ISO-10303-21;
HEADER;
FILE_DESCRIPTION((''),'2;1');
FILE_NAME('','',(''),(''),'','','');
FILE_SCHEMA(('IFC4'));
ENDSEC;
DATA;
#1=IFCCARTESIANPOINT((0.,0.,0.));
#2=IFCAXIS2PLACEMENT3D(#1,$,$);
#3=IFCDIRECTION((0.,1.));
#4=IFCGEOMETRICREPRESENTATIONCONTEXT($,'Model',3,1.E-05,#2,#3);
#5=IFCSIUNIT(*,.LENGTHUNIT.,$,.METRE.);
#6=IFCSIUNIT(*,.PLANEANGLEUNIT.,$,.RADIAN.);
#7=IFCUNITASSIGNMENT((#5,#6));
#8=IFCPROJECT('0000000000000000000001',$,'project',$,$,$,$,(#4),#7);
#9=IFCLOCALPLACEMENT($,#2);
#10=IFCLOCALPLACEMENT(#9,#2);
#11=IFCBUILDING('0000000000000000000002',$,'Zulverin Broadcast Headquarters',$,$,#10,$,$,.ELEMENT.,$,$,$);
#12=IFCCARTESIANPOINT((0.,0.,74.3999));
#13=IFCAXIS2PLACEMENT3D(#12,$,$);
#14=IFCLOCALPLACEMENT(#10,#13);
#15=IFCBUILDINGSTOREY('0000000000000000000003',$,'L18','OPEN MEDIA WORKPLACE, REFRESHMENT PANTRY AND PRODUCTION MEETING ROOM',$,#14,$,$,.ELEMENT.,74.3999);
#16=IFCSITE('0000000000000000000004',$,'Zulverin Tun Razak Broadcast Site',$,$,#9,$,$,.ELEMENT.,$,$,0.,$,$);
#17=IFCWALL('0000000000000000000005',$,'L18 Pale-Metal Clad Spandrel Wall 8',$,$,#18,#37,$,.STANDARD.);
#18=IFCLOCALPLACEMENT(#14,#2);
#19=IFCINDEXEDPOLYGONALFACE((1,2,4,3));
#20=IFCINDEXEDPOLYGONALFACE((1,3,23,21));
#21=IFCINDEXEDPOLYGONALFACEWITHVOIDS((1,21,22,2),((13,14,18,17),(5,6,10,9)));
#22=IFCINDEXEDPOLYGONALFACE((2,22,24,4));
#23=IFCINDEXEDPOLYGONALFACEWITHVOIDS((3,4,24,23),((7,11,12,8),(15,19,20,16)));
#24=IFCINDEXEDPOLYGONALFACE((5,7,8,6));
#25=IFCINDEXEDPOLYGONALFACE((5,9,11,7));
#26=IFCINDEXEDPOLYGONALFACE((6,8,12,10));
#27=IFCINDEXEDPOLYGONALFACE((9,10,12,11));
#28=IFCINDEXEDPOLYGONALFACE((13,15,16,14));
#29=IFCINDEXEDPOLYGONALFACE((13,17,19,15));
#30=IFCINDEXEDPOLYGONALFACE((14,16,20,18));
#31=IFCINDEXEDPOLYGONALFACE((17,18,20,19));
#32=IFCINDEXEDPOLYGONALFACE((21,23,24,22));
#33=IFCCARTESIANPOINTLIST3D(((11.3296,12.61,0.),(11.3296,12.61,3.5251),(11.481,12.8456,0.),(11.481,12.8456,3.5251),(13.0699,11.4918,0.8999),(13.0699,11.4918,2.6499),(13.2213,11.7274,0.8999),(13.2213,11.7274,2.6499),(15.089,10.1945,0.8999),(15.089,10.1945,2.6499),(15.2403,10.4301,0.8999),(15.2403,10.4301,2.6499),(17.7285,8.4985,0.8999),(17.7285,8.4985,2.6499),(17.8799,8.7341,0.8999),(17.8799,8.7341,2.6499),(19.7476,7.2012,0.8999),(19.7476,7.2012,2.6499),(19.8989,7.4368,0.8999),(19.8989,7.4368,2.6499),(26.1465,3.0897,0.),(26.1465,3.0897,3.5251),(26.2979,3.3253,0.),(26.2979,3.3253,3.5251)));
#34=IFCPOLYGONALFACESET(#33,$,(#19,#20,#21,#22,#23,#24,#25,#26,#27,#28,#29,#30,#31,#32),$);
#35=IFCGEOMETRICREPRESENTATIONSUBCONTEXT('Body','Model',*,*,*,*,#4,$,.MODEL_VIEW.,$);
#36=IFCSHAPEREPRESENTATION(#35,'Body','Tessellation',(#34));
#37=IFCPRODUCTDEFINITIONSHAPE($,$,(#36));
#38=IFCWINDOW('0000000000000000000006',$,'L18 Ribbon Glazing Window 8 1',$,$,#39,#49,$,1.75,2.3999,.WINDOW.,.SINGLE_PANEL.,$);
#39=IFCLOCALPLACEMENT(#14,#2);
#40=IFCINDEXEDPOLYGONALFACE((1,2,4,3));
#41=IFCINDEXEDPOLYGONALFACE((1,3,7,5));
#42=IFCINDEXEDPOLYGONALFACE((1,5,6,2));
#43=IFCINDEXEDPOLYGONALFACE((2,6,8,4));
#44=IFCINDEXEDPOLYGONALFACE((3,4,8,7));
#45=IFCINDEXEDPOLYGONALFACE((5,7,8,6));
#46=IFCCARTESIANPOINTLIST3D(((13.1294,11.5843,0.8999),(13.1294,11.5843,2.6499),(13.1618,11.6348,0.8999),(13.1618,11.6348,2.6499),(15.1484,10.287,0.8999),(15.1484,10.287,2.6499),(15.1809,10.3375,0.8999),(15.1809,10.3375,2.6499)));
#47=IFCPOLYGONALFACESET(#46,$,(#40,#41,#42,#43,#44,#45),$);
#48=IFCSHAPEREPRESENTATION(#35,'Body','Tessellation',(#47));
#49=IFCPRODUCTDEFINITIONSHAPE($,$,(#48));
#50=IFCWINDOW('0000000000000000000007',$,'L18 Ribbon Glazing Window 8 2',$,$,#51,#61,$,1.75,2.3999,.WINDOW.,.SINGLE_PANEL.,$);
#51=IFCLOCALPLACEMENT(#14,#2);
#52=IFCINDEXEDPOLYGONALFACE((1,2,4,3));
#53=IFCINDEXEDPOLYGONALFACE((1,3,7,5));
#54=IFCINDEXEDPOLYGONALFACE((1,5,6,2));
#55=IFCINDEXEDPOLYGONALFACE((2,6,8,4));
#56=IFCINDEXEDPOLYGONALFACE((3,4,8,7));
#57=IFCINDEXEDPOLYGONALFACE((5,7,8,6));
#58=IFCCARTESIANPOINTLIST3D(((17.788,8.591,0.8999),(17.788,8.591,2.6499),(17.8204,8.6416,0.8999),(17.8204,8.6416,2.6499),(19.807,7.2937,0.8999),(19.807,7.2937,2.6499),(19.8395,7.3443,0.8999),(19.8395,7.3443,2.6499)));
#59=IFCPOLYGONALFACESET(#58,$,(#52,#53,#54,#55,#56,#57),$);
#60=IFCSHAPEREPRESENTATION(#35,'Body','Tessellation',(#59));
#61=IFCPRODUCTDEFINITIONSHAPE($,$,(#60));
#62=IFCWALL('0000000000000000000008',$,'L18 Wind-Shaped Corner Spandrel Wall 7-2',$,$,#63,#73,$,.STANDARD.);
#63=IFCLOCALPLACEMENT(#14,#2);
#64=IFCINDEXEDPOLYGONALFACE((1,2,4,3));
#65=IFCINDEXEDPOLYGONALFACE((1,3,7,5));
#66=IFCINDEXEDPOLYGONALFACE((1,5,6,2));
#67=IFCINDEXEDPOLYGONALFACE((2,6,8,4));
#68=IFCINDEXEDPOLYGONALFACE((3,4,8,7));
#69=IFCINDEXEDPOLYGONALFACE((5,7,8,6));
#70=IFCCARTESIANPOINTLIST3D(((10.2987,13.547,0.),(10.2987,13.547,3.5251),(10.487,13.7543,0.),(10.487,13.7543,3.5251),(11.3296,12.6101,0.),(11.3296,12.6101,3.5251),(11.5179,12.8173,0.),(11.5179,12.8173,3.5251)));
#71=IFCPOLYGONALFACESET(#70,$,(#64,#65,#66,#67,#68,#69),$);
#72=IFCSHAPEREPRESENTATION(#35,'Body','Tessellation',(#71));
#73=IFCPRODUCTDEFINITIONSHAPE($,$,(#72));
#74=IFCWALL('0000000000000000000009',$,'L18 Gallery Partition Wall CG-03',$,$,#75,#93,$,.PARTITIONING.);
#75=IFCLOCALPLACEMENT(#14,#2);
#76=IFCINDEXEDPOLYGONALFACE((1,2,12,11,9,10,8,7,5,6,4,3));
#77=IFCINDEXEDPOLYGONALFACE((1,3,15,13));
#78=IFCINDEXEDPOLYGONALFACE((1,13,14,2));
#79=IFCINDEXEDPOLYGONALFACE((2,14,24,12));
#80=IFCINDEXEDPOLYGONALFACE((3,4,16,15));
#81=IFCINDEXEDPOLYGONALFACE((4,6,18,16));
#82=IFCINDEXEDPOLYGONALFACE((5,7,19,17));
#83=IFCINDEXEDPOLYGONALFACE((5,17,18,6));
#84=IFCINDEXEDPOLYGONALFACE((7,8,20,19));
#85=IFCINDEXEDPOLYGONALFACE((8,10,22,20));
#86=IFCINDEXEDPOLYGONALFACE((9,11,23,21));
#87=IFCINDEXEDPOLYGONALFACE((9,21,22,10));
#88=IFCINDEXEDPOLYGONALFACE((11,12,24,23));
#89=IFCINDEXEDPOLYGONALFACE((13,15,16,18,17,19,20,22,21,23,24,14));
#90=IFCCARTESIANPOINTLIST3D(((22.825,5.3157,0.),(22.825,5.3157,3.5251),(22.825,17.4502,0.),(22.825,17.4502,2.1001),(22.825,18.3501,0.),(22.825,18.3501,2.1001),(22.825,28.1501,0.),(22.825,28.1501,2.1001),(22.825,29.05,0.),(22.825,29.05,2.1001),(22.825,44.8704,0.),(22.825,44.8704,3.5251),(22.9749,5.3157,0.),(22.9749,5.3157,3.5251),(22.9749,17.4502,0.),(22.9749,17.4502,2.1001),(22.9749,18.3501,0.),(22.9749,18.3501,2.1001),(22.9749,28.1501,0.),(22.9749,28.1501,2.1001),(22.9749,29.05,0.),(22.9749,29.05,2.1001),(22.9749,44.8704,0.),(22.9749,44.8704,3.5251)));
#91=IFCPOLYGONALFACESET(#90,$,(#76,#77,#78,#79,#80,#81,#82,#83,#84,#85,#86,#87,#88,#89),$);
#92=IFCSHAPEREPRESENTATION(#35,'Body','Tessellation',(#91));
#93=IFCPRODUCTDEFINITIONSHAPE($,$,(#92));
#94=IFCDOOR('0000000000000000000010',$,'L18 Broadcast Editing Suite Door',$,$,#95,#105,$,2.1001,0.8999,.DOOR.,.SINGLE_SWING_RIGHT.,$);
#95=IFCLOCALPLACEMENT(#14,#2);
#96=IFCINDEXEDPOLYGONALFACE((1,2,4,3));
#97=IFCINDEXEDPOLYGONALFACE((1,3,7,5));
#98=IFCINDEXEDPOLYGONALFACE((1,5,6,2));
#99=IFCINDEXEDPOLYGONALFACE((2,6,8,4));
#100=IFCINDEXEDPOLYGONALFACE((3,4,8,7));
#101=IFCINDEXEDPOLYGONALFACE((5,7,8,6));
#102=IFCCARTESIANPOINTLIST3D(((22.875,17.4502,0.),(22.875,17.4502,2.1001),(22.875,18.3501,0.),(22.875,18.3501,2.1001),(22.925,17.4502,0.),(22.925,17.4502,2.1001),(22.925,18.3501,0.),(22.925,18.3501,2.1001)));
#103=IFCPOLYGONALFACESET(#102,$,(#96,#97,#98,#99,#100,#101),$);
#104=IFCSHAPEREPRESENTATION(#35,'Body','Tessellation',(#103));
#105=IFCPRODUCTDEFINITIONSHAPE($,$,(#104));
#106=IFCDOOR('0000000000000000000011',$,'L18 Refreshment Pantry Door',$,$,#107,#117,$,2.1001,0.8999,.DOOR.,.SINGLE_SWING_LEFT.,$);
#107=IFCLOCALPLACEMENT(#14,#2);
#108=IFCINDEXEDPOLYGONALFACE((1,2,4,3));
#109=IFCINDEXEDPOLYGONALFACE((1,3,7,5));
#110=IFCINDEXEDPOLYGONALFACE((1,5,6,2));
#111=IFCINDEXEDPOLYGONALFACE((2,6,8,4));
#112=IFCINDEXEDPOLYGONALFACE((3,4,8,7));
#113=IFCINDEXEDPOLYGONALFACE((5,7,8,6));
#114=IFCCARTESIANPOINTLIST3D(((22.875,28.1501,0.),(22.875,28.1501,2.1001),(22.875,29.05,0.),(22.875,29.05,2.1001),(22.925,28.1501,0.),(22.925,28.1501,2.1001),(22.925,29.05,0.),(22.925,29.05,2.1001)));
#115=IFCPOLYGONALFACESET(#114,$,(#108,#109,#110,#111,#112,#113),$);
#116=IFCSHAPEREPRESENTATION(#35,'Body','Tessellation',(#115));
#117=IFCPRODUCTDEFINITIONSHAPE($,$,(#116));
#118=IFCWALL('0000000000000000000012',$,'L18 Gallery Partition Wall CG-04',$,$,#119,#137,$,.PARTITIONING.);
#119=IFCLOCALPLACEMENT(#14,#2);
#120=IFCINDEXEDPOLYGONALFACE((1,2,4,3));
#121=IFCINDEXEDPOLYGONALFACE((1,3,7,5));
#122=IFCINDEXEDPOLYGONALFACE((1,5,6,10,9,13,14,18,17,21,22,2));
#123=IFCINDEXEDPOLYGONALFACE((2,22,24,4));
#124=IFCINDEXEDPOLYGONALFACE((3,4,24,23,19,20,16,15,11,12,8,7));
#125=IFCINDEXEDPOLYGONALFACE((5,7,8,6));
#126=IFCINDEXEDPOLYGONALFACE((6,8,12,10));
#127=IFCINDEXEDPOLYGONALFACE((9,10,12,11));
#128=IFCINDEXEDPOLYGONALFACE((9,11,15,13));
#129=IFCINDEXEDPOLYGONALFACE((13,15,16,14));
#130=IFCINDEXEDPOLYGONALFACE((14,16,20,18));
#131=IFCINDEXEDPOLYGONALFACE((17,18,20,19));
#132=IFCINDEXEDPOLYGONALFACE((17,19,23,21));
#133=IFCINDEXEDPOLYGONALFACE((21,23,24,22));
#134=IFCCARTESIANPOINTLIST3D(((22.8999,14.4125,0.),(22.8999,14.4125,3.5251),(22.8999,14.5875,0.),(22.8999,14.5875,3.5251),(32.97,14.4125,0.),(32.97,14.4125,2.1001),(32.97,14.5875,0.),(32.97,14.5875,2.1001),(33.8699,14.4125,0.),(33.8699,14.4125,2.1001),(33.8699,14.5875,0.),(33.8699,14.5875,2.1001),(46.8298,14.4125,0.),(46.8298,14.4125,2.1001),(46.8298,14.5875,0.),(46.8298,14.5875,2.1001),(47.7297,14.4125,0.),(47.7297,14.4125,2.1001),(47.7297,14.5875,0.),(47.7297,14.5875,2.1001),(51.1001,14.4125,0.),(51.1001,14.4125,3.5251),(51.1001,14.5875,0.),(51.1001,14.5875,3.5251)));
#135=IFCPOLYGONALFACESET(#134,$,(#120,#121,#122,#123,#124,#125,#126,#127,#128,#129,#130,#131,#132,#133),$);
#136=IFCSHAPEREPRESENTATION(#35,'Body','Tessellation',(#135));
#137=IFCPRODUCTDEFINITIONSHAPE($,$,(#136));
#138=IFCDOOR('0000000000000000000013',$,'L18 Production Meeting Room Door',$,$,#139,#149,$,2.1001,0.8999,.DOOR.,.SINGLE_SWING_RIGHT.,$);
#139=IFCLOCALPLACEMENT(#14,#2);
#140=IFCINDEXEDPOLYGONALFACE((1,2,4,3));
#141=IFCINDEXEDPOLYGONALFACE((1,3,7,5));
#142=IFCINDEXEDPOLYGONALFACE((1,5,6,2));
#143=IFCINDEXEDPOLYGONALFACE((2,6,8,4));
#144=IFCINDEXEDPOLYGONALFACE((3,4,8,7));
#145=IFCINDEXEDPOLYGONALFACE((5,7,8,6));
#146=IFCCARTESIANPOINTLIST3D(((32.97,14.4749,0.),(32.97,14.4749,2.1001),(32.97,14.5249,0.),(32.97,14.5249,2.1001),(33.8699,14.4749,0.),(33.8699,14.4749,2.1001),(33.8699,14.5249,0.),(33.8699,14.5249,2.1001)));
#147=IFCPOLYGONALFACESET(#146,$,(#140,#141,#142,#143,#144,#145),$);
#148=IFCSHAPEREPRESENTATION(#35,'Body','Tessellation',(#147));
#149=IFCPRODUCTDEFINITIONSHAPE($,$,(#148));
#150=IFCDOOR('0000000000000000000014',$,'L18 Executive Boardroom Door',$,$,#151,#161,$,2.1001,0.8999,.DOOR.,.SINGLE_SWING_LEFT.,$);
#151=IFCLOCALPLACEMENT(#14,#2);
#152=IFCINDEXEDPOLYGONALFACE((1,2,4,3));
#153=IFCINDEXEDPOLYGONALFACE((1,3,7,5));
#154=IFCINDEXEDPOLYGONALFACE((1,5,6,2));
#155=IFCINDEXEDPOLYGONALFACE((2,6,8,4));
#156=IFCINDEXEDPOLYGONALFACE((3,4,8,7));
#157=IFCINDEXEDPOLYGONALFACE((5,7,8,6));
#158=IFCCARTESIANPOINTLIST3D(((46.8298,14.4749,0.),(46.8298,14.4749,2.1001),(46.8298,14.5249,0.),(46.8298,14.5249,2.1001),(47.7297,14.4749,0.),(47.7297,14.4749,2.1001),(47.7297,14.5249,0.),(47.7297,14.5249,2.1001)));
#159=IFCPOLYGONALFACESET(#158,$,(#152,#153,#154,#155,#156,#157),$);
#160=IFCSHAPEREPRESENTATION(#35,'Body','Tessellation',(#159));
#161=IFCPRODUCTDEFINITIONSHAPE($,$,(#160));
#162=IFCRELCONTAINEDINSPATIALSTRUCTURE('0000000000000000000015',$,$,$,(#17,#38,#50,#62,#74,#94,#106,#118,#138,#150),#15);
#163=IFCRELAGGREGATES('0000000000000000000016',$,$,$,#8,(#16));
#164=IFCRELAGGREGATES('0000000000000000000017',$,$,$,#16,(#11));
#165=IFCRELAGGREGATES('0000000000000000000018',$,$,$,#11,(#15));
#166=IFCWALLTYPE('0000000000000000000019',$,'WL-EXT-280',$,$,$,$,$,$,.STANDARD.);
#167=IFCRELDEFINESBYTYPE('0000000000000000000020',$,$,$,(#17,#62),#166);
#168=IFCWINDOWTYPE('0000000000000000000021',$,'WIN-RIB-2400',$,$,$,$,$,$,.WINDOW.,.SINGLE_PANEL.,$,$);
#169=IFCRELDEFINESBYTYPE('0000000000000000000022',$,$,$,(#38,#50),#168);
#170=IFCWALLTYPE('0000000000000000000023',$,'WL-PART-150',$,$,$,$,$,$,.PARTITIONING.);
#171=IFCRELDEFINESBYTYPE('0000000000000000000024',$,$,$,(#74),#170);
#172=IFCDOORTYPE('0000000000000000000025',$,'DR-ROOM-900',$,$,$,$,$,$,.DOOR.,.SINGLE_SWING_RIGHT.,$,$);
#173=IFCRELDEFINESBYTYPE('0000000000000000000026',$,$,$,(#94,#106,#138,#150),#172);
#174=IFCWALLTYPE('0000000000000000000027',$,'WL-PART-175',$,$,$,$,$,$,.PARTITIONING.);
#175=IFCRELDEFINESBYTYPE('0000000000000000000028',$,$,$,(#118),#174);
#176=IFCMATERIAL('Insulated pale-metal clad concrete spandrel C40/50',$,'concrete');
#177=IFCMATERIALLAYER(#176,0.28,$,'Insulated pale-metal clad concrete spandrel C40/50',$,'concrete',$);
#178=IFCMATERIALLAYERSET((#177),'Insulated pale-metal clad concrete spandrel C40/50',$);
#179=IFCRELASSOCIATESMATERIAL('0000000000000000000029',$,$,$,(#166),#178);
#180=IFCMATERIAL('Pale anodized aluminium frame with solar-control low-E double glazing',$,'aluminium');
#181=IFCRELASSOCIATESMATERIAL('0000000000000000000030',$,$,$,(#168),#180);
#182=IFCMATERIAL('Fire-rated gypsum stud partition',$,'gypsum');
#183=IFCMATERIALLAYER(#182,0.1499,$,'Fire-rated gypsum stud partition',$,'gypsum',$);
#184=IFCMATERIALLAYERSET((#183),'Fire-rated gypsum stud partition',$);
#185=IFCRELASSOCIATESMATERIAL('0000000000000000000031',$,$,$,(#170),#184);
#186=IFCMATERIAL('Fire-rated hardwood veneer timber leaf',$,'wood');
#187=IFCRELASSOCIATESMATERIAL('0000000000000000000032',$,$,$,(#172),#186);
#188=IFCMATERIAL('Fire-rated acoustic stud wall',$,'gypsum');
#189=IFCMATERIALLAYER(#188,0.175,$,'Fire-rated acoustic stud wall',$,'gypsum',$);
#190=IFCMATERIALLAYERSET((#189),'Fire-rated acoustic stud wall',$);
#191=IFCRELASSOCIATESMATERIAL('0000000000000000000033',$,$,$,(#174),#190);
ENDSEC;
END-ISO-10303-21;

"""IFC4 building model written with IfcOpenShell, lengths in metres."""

from ifc_helpers import new_model, si_unit, direction, frame, frame_2d, origin, place, context, subcontext, project, spatial, rectangle, extrude, material, layer, layer_set, type_object, element, fill, save


model = new_model("IFC4")

# Units and contexts
model_context = context("Model", 3, precision=1e-05, world=origin(), true_north=direction((0.0, 1.0)))
body_context = subcontext(model_context, "Body", "Model", "MODEL_VIEW")
ifc_project = project(units=[si_unit("LENGTHUNIT", "METRE"), si_unit("PLANEANGLEUNIT", "RADIAN")], contexts=[model_context])

# Site, building, storey
site_placement = place(None, origin())
site = spatial("IfcSite", under=ifc_project, at=site_placement, Name="Zulverin Tun Razak Broadcast Site", CompositionType="ELEMENT", RefElevation=0.0)
building_placement = place(site_placement, origin())
building = spatial("IfcBuilding", under=site, at=building_placement, Name="Zulverin Broadcast Headquarters", CompositionType="ELEMENT")
storey_placement = place(building_placement, frame((0.0, 0.0, 74.3999)))
storey = spatial("IfcBuildingStorey", under=building, at=storey_placement, Name="L18", Description="OPEN MEDIA WORKPLACE, REFRESHMENT PANTRY AND PRODUCTION MEETING ROOM", CompositionType="ELEMENT", Elevation=74.3999)

# Wall, openings, windows
ifc_material_1 = material(Name="Insulated pale-metal clad concrete spandrel C40/50", Category="concrete")
ifc_layer_1 = layer(ifc_material_1, 0.28, Name="Insulated pale-metal clad concrete spandrel C40/50", Category="concrete")
ifc_layer_set_1 = layer_set([ifc_layer_1], Name="Insulated pale-metal clad concrete spandrel C40/50")
wall_type_1 = type_object("IfcWallType", Name="WL-EXT-280", PredefinedType="STANDARD", material=ifc_layer_set_1)
wall_1_placement = place(storey_placement, frame((11.4053, 12.7278, 0.0), z_axis=(0.0, 0.0, 1.0), x_axis=(0.841305, -0.540561, 0.0)))
wall_1 = element("IfcWall", 1, at=wall_1_placement, inside=storey, type_object=wall_type_1, Name="L18 Pale-Metal Clad Spandrel Wall 8", PredefinedType="STANDARD", context=body_context, shape_type="SweptSolid", body=[
    extrude(rectangle(XDim=17.6118, YDim=0.28, at=frame_2d((8.8059, 0.0))), origin(), (0.0, 0.0, 1.0), 3.5251),
])
opening_1_placement = place(wall_1_placement, frame((2.0686, 0.0, 0.8999)))
opening_1 = element("IfcOpeningElement", 2, at=opening_1_placement, cuts=wall_1, PredefinedType="OPENING", context=body_context, shape_type="SweptSolid", body=[
    extrude(rectangle(XDim=2.3999, YDim=1.75, at=frame_2d((1.2, 0.875))), frame((0.0, 0.1499, 0.0), z_axis=(0.0, -1.0, 0.0), x_axis=(1.0, 0.0, 0.0)), (0.0, 0.0, 1.0), 0.3),
])
opening_2_placement = place(wall_1_placement, frame((7.606, 0.0, 0.8999)))
opening_2 = element("IfcOpeningElement", 3, at=opening_2_placement, cuts=wall_1, PredefinedType="OPENING", context=body_context, shape_type="SweptSolid", body=[
    extrude(rectangle(XDim=2.3999, YDim=1.75, at=frame_2d((1.2, 0.875))), frame((0.0, 0.1499, 0.0), z_axis=(0.0, -1.0, 0.0), x_axis=(1.0, 0.0, 0.0)), (0.0, 0.0, 1.0), 0.3),
])
ifc_material_2 = material(Name="Pale anodized aluminium frame with solar-control low-E double glazing", Category="aluminium")
window_type = type_object("IfcWindowType", Name="WIN-RIB-2400", PartitioningType="SINGLE_PANEL", PredefinedType="WINDOW", material=ifc_material_2)
window_1_placement = place(opening_1_placement, origin())
window_1 = element("IfcWindow", 4, at=window_1_placement, inside=storey, type_object=window_type, Name="L18 Ribbon Glazing Window 8 1", OverallHeight=1.75, OverallWidth=2.3999, PartitioningType="SINGLE_PANEL", PredefinedType="WINDOW", context=body_context, shape_type="SweptSolid", body=[
    extrude(rectangle(XDim=2.3999, YDim=1.75, at=frame_2d((1.2, 0.875))), frame((0.0, 0.03, 0.0), z_axis=(0.0, -1.0, 0.0), x_axis=(1.0, 0.0, 0.0)), (0.0, 0.0, 1.0), 0.0601),
])
fill(opening_1, window_1)
window_2_placement = place(opening_2_placement, origin())
window_2 = element("IfcWindow", 5, at=window_2_placement, inside=storey, type_object=window_type, Name="L18 Ribbon Glazing Window 8 2", OverallHeight=1.75, OverallWidth=2.3999, PartitioningType="SINGLE_PANEL", PredefinedType="WINDOW", context=body_context, shape_type="SweptSolid", body=[
    extrude(rectangle(XDim=2.3999, YDim=1.75, at=frame_2d((1.2, 0.875))), frame((0.0, 0.03, 0.0), z_axis=(0.0, -1.0, 0.0), x_axis=(1.0, 0.0, 0.0)), (0.0, 0.0, 1.0), 0.0601),
])
fill(opening_2, window_2)

# Wall
wall_2_placement = place(storey_placement, frame((10.3928, 13.6506, 0.0), z_axis=(0.0, 0.0, 1.0), x_axis=(0.740035, -0.672568, 0.0)))
element("IfcWall", 6, at=wall_2_placement, inside=storey, type_object=wall_type_1, Name="L18 Wind-Shaped Corner Spandrel Wall 7-2", PredefinedType="STANDARD", context=body_context, shape_type="SweptSolid", body=[
    extrude(rectangle(XDim=1.3931, YDim=0.28, at=frame_2d((0.6965, 0.0))), origin(), (0.0, 0.0, 1.0), 3.5251),
])

# Walls, openings, doors
ifc_material_3 = material(Name="Fire-rated gypsum stud partition", Category="gypsum")
ifc_layer_2 = layer(ifc_material_3, 0.1499, Name="Fire-rated gypsum stud partition", Category="gypsum")
ifc_layer_set_2 = layer_set([ifc_layer_2], Name="Fire-rated gypsum stud partition")
wall_type_2 = type_object("IfcWallType", Name="WL-PART-150", PredefinedType="PARTITIONING", material=ifc_layer_set_2)
wall_3_placement = place(storey_placement, frame((22.8999, 5.3157, 0.0), z_axis=(0.0, 0.0, 1.0), x_axis=(0.0, 1.0, 0.0)))
wall_3 = element("IfcWall", 7, at=wall_3_placement, inside=storey, type_object=wall_type_2, Name="L18 Gallery Partition Wall CG-03", PredefinedType="PARTITIONING", context=body_context, shape_type="SweptSolid", body=[
    extrude(rectangle(XDim=39.5547, YDim=0.1499, at=frame_2d((19.7773, 0.0))), origin(), (0.0, 0.0, 1.0), 3.5251),
])
opening_3_placement = place(wall_3_placement, frame((12.1345, 0.0, 0.0)))
opening_3 = element("IfcOpeningElement", 8, at=opening_3_placement, cuts=wall_3, PredefinedType="OPENING", context=body_context, shape_type="SweptSolid", body=[
    extrude(rectangle(XDim=0.8999, YDim=2.1001, at=frame_2d((0.45, 1.05))), frame((0.0, 0.085, 0.0), z_axis=(0.0, -1.0, 0.0), x_axis=(1.0, 0.0, 0.0)), (0.0, 0.0, 1.0), 0.1699),
])
opening_4_placement = place(wall_3_placement, frame((22.8345, 0.0, 0.0)))
opening_4 = element("IfcOpeningElement", 9, at=opening_4_placement, cuts=wall_3, PredefinedType="OPENING", context=body_context, shape_type="SweptSolid", body=[
    extrude(rectangle(XDim=0.8999, YDim=2.1001, at=frame_2d((0.45, 1.05))), frame((0.0, 0.085, 0.0), z_axis=(0.0, -1.0, 0.0), x_axis=(1.0, 0.0, 0.0)), (0.0, 0.0, 1.0), 0.1699),
])
ifc_material_4 = material(Name="Fire-rated hardwood veneer timber leaf", Category="wood")
door_type = type_object("IfcDoorType", Name="DR-ROOM-900", OperationType="SINGLE_SWING_RIGHT", PredefinedType="DOOR", material=ifc_material_4)
door_1_placement = place(opening_3_placement, origin())
door_1 = element("IfcDoor", 10, at=door_1_placement, inside=storey, type_object=door_type, Name="L18 Broadcast Editing Suite Door", OperationType="SINGLE_SWING_RIGHT", OverallHeight=2.1001, OverallWidth=0.8999, PredefinedType="DOOR", context=body_context, shape_type="SweptSolid", body=[
    extrude(rectangle(XDim=0.8999, YDim=2.1001, at=frame_2d((0.45, 1.05))), frame((0.0, 0.0249, 0.0), z_axis=(0.0, -1.0, 0.0), x_axis=(1.0, 0.0, 0.0)), (0.0, 0.0, 1.0), 0.05),
])
fill(opening_3, door_1)
door_2_placement = place(opening_4_placement, origin())
door_2 = element("IfcDoor", 11, at=door_2_placement, inside=storey, type_object=door_type, Name="L18 Refreshment Pantry Door", OperationType="SINGLE_SWING_LEFT", OverallHeight=2.1001, OverallWidth=0.8999, PredefinedType="DOOR", context=body_context, shape_type="SweptSolid", body=[
    extrude(rectangle(XDim=0.8999, YDim=2.1001, at=frame_2d((0.45, 1.05))), frame((0.0, 0.0249, 0.0), z_axis=(0.0, -1.0, 0.0), x_axis=(1.0, 0.0, 0.0)), (0.0, 0.0, 1.0), 0.05),
])
fill(opening_4, door_2)
ifc_material_5 = material(Name="Fire-rated acoustic stud wall", Category="gypsum")
ifc_layer_3 = layer(ifc_material_5, 0.175, Name="Fire-rated acoustic stud wall", Category="gypsum")
ifc_layer_set_3 = layer_set([ifc_layer_3], Name="Fire-rated acoustic stud wall")
wall_type_3 = type_object("IfcWallType", Name="WL-PART-175", PredefinedType="PARTITIONING", material=ifc_layer_set_3)
wall_4_placement = place(storey_placement, frame((22.8999, 14.5, 0.0), z_axis=(0.0, 0.0, 1.0), x_axis=(1.0, 0.0, 0.0)))
wall_4 = element("IfcWall", 12, at=wall_4_placement, inside=storey, type_object=wall_type_3, Name="L18 Gallery Partition Wall CG-04", PredefinedType="PARTITIONING", context=body_context, shape_type="SweptSolid", body=[
    extrude(rectangle(XDim=28.2002, YDim=0.175, at=frame_2d((14.1001, 0.0))), origin(), (0.0, 0.0, 1.0), 3.5251),
])
opening_5_placement = place(wall_4_placement, frame((10.0701, 0.0, 0.0)))
opening_5 = element("IfcOpeningElement", 13, at=opening_5_placement, cuts=wall_4, PredefinedType="OPENING", context=body_context, shape_type="SweptSolid", body=[
    extrude(rectangle(XDim=0.8999, YDim=2.1001, at=frame_2d((0.45, 1.05))), frame((0.0, 0.0974, 0.0), z_axis=(0.0, -1.0, 0.0), x_axis=(1.0, 0.0, 0.0)), (0.0, 0.0, 1.0), 0.1951),
])
opening_6_placement = place(wall_4_placement, frame((23.9299, 0.0, 0.0)))
opening_6 = element("IfcOpeningElement", 14, at=opening_6_placement, cuts=wall_4, PredefinedType="OPENING", context=body_context, shape_type="SweptSolid", body=[
    extrude(rectangle(XDim=0.8999, YDim=2.1001, at=frame_2d((0.45, 1.05))), frame((0.0, 0.0974, 0.0), z_axis=(0.0, -1.0, 0.0), x_axis=(1.0, 0.0, 0.0)), (0.0, 0.0, 1.0), 0.1951),
])
door_3_placement = place(opening_5_placement, origin())
door_3 = element("IfcDoor", 15, at=door_3_placement, inside=storey, type_object=door_type, Name="L18 Production Meeting Room Door", OperationType="SINGLE_SWING_RIGHT", OverallHeight=2.1001, OverallWidth=0.8999, PredefinedType="DOOR", context=body_context, shape_type="SweptSolid", body=[
    extrude(rectangle(XDim=0.8999, YDim=2.1001, at=frame_2d((0.45, 1.05))), frame((0.0, 0.0249, 0.0), z_axis=(0.0, -1.0, 0.0), x_axis=(1.0, 0.0, 0.0)), (0.0, 0.0, 1.0), 0.05),
])
fill(opening_5, door_3)
door_4_placement = place(opening_6_placement, origin())
door_4 = element("IfcDoor", 16, at=door_4_placement, inside=storey, type_object=door_type, Name="L18 Executive Boardroom Door", OperationType="SINGLE_SWING_LEFT", OverallHeight=2.1001, OverallWidth=0.8999, PredefinedType="DOOR", context=body_context, shape_type="SweptSolid", body=[
    extrude(rectangle(XDim=0.8999, YDim=2.1001, at=frame_2d((0.45, 1.05))), frame((0.0, 0.0249, 0.0), z_axis=(0.0, -1.0, 0.0), x_axis=(1.0, 0.0, 0.0)), (0.0, 0.0, 1.0), 0.05),
])
fill(opening_6, door_4)

save(model, "model.ifc")
